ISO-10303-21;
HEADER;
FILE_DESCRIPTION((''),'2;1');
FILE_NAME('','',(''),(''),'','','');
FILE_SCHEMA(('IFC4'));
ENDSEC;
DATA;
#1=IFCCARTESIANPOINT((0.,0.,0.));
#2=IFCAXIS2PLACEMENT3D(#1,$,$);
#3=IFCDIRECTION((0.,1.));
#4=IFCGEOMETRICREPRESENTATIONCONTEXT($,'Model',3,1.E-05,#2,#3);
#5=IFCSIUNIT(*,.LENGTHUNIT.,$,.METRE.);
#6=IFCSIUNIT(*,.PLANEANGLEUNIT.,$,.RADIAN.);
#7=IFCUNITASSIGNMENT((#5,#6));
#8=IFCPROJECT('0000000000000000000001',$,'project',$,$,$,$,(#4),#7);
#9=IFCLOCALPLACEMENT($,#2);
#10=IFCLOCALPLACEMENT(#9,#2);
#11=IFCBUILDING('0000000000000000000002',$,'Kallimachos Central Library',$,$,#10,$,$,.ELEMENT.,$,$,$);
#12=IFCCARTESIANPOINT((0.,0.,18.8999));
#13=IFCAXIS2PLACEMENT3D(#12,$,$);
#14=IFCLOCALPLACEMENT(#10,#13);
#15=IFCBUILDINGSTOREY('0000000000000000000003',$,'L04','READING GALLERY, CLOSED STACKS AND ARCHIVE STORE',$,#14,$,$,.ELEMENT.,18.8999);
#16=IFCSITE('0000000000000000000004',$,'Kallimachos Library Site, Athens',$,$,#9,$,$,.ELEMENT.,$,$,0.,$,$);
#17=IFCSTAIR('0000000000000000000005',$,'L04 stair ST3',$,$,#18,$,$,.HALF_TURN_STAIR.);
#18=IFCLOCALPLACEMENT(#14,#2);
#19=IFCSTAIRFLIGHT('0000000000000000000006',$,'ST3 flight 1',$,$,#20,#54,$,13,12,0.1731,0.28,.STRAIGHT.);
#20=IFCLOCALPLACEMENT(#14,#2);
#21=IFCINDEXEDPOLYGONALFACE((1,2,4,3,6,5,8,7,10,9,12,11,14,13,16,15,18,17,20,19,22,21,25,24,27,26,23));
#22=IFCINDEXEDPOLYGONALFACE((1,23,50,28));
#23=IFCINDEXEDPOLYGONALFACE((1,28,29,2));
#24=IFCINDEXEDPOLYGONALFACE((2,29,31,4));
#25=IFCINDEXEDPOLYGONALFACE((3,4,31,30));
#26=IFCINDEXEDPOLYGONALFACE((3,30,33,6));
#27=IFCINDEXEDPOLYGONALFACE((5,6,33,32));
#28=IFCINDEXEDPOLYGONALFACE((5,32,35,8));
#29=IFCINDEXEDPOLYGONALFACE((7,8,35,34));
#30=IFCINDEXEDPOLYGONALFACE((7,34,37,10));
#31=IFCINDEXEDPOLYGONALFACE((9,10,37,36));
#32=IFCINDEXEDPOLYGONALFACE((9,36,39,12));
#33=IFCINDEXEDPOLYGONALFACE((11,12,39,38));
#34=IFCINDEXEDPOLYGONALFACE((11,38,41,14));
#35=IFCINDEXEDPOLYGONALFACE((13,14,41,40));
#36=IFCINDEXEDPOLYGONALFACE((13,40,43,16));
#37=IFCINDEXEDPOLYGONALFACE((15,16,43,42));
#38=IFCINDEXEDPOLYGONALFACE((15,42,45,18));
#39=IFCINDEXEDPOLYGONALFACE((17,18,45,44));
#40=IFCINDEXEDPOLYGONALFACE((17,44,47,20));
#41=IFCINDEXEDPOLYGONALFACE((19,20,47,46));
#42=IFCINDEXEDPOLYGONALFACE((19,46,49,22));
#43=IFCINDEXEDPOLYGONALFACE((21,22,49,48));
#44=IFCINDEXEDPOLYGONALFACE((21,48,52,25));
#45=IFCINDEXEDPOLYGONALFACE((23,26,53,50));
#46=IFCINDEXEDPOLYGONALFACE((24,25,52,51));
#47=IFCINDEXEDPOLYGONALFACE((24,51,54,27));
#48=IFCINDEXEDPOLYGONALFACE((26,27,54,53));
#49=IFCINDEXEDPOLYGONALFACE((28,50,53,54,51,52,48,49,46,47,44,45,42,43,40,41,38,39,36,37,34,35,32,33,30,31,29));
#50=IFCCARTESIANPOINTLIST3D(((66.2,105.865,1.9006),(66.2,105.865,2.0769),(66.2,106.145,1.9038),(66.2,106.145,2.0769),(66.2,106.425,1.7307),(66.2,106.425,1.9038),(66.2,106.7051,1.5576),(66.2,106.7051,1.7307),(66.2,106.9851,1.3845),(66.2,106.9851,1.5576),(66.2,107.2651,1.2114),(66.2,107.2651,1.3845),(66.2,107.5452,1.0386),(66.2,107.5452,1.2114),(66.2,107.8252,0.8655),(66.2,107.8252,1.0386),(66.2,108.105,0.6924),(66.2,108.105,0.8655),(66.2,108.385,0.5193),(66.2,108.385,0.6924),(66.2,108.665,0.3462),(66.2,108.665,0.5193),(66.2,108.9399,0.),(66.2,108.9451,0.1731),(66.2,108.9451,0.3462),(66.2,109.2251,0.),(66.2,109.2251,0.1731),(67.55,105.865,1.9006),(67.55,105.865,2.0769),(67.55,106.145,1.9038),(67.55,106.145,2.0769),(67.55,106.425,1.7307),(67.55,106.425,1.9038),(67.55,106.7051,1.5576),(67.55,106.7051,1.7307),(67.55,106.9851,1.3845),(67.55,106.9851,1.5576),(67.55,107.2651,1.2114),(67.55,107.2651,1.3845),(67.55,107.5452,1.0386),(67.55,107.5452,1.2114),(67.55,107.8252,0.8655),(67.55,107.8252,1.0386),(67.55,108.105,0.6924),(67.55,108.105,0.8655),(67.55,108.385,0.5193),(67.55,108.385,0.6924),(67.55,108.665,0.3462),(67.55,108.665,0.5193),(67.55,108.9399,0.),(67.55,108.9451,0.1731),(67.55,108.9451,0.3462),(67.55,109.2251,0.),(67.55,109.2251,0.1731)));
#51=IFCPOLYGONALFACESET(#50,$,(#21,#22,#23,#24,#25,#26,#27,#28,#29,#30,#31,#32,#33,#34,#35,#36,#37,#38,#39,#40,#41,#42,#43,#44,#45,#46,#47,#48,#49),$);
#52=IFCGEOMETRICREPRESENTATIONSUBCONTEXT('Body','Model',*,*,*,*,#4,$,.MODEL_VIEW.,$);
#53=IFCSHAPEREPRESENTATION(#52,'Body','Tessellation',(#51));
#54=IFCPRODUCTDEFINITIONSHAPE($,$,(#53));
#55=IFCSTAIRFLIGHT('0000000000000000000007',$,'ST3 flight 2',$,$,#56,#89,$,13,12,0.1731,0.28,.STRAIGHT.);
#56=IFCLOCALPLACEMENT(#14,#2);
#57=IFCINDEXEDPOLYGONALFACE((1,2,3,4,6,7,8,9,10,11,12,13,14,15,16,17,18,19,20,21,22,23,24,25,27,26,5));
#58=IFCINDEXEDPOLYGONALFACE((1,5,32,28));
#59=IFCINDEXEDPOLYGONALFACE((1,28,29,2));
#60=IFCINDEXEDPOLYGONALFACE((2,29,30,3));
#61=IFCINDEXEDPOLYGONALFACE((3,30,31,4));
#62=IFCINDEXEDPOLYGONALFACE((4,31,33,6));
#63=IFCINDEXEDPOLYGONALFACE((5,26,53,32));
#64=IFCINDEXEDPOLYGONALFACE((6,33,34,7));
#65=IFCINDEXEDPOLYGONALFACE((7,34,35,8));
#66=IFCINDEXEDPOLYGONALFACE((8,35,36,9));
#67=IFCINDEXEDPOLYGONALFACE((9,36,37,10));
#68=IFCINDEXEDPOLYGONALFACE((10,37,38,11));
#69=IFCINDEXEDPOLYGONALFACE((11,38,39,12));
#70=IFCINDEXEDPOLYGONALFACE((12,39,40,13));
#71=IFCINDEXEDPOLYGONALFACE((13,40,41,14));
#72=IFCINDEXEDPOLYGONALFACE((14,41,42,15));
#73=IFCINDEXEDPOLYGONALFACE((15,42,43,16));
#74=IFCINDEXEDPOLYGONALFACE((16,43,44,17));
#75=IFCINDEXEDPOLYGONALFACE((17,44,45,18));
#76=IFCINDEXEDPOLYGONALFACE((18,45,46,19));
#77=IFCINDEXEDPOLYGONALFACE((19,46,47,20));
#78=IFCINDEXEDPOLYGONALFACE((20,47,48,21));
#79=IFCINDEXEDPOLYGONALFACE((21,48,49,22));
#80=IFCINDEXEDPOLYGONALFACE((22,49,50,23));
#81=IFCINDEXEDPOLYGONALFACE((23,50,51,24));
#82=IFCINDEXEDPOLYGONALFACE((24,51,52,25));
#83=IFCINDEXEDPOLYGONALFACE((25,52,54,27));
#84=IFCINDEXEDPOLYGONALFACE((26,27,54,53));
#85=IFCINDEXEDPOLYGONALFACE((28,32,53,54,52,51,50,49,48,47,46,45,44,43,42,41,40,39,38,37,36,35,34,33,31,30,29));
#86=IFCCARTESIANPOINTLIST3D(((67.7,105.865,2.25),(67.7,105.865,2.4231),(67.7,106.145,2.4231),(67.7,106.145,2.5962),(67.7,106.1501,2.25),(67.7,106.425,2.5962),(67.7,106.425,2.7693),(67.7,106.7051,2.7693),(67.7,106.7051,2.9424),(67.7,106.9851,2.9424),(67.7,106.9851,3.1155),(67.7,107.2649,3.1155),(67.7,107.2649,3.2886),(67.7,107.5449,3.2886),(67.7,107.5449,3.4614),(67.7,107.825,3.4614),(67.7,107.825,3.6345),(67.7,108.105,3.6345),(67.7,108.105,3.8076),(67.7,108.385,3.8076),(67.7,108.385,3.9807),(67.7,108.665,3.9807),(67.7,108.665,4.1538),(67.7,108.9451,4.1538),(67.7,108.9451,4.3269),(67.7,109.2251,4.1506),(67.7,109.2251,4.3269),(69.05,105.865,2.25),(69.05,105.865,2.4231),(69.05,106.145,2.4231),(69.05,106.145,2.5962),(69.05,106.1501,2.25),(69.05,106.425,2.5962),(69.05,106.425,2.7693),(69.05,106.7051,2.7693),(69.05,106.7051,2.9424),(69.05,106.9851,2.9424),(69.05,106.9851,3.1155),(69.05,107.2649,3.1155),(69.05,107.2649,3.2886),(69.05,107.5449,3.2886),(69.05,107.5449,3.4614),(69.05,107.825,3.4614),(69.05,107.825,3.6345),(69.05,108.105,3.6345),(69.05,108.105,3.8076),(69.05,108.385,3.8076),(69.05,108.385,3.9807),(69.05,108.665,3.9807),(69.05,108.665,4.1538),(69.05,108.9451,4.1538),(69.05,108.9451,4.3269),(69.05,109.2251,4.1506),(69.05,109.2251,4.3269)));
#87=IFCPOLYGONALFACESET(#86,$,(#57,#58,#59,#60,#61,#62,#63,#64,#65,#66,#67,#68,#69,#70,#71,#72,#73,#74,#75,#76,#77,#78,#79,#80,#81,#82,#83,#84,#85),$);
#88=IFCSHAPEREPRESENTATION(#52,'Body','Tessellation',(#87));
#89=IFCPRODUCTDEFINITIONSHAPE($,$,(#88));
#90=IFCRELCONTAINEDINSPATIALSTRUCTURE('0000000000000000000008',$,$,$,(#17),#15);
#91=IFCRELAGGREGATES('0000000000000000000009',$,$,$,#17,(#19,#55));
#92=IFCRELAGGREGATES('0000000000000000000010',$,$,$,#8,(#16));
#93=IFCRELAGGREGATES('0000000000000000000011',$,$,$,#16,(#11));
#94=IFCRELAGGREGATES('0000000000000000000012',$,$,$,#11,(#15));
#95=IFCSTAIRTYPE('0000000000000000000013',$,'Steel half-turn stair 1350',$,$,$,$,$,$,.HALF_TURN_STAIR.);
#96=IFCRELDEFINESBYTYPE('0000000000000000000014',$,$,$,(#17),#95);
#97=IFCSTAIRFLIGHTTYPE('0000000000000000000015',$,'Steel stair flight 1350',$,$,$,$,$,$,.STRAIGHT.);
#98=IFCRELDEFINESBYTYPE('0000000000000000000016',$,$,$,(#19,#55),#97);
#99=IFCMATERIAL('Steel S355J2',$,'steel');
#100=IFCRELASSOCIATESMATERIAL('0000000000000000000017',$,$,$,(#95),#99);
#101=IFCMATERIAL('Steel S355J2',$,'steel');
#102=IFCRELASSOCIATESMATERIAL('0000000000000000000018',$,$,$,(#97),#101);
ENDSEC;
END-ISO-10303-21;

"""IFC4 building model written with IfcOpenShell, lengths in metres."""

from ifc_helpers import new_model, si_unit, direction, frame, origin, place, context, subcontext, project, spatial, polyline, outline, extrude, material, type_object, element, aggregate, save


model = new_model("IFC4")

# Units and contexts
model_context = context("Model", 3, precision=1e-05, world=origin(), true_north=direction((0.0, 1.0)))
body_context = subcontext(model_context, "Body", "Model", "MODEL_VIEW")
ifc_project = project(units=[si_unit("LENGTHUNIT", "METRE"), si_unit("PLANEANGLEUNIT", "RADIAN")], contexts=[model_context])

# Site, building, storey
site_placement = place(None, origin())
site = spatial("IfcSite", under=ifc_project, at=site_placement, Name="Kallimachos Library Site, Athens", CompositionType="ELEMENT", RefElevation=0.0)
building_placement = place(site_placement, origin())
building = spatial("IfcBuilding", under=site, at=building_placement, Name="Kallimachos Central Library", CompositionType="ELEMENT")
storey_placement = place(building_placement, frame((0.0, 0.0, 18.8999)))
storey = spatial("IfcBuildingStorey", under=building, at=storey_placement, Name="L04", Description="READING GALLERY, CLOSED STACKS AND ARCHIVE STORE", CompositionType="ELEMENT", Elevation=18.8999)

# Stair, stair flights
ifc_material_1 = material(Name="Steel S355J2", Category="steel")
stair_type = type_object("IfcStairType", Name="Steel half-turn stair 1350", PredefinedType="HALF_TURN_STAIR", material=ifc_material_1)
stair_placement = place(storey_placement, origin())
stair = element("IfcStair", 1, at=stair_placement, inside=storey, type_object=stair_type, Name="L04 stair ST3", PredefinedType="HALF_TURN_STAIR")
ifc_material_2 = material(Name="Steel S355J2", Category="steel")
stair_flight_type = type_object("IfcStairFlightType", Name="Steel stair flight 1350", PredefinedType="STRAIGHT", material=ifc_material_2)
stair_flight_1_placement = place(storey_placement, frame((66.875, 109.2251, 0.0), z_axis=(0.0, 0.0, 1.0), x_axis=(0.0, -1.0, 0.0)))
stair_flight_1 = element("IfcStairFlight", 2, at=stair_flight_1_placement, type_object=stair_flight_type, Name="ST3 flight 1", NumberOfRisers=13, NumberOfTreads=12, PredefinedType="STRAIGHT", RiserHeight=0.1731, TreadLength=0.28, context=body_context, shape_type="SweptSolid", body=[
    extrude(outline(polyline([(0.0, 0.0), (0.0, 0.1731), (0.28, 0.1731), (0.28, 0.3462), (0.5601, 0.3462), (0.5601, 0.5193), (0.8401, 0.5193), (0.8401, 0.6924), (1.1201, 0.6924), (1.1201, 0.8655), (1.3999, 0.8655), (1.3999, 1.0386), (1.6799, 1.0386), (1.6799, 1.2114), (1.96, 1.2114), (1.96, 1.3845), (2.24, 1.3845), (2.24, 1.5576), (2.52, 1.5576), (2.52, 1.7307), (2.8, 1.7307), (2.8, 1.9038), (3.0801, 1.9038), (3.0801, 2.0769), (3.3601, 2.0769), (3.3601, 2.25), (3.3601, 1.9006), (0.2852, 0.0), (0.0, 0.0)])), frame((0.0, 0.675, 0.0), z_axis=(0.0, -1.0, 0.0), x_axis=(1.0, 0.0, 0.0)), (0.0, 0.0, 1.0), 1.3501),
])
stair_flight_2_placement = place(storey_placement, frame((68.375, 105.865, 2.25), z_axis=(0.0, 0.0, 1.0), x_axis=(0.0, 1.0, 0.0)))
stair_flight_2 = element("IfcStairFlight", 3, at=stair_flight_2_placement, type_object=stair_flight_type, Name="ST3 flight 2", NumberOfRisers=13, NumberOfTreads=12, PredefinedType="STRAIGHT", RiserHeight=0.1731, TreadLength=0.28, context=body_context, shape_type="SweptSolid", body=[
    extrude(outline(polyline([(0.0, 0.0), (0.0, 0.1731), (0.28, 0.1731), (0.28, 0.3462), (0.5601, 0.3462), (0.5601, 0.5193), (0.8401, 0.5193), (0.8401, 0.6924), (1.1201, 0.6924), (1.1201, 0.8655), (1.3999, 0.8655), (1.3999, 1.0386), (1.6799, 1.0386), (1.6799, 1.2114), (1.96, 1.2114), (1.96, 1.3845), (2.24, 1.3845), (2.24, 1.5576), (2.52, 1.5576), (2.52, 1.7307), (2.8, 1.7307), (2.8, 1.9038), (3.0801, 1.9038), (3.0801, 2.0769), (3.3601, 2.0769), (3.3601, 2.25), (3.3601, 1.9006), (0.2852, 0.0), (0.0, 0.0)])), frame((0.0, 0.675, 0.0), z_axis=(0.0, -1.0, 0.0), x_axis=(1.0, 0.0, 0.0)), (0.0, 0.0, 1.0), 1.3501),
])
aggregate(stair, [stair_flight_1, stair_flight_2])

save(model, "model.ifc")
